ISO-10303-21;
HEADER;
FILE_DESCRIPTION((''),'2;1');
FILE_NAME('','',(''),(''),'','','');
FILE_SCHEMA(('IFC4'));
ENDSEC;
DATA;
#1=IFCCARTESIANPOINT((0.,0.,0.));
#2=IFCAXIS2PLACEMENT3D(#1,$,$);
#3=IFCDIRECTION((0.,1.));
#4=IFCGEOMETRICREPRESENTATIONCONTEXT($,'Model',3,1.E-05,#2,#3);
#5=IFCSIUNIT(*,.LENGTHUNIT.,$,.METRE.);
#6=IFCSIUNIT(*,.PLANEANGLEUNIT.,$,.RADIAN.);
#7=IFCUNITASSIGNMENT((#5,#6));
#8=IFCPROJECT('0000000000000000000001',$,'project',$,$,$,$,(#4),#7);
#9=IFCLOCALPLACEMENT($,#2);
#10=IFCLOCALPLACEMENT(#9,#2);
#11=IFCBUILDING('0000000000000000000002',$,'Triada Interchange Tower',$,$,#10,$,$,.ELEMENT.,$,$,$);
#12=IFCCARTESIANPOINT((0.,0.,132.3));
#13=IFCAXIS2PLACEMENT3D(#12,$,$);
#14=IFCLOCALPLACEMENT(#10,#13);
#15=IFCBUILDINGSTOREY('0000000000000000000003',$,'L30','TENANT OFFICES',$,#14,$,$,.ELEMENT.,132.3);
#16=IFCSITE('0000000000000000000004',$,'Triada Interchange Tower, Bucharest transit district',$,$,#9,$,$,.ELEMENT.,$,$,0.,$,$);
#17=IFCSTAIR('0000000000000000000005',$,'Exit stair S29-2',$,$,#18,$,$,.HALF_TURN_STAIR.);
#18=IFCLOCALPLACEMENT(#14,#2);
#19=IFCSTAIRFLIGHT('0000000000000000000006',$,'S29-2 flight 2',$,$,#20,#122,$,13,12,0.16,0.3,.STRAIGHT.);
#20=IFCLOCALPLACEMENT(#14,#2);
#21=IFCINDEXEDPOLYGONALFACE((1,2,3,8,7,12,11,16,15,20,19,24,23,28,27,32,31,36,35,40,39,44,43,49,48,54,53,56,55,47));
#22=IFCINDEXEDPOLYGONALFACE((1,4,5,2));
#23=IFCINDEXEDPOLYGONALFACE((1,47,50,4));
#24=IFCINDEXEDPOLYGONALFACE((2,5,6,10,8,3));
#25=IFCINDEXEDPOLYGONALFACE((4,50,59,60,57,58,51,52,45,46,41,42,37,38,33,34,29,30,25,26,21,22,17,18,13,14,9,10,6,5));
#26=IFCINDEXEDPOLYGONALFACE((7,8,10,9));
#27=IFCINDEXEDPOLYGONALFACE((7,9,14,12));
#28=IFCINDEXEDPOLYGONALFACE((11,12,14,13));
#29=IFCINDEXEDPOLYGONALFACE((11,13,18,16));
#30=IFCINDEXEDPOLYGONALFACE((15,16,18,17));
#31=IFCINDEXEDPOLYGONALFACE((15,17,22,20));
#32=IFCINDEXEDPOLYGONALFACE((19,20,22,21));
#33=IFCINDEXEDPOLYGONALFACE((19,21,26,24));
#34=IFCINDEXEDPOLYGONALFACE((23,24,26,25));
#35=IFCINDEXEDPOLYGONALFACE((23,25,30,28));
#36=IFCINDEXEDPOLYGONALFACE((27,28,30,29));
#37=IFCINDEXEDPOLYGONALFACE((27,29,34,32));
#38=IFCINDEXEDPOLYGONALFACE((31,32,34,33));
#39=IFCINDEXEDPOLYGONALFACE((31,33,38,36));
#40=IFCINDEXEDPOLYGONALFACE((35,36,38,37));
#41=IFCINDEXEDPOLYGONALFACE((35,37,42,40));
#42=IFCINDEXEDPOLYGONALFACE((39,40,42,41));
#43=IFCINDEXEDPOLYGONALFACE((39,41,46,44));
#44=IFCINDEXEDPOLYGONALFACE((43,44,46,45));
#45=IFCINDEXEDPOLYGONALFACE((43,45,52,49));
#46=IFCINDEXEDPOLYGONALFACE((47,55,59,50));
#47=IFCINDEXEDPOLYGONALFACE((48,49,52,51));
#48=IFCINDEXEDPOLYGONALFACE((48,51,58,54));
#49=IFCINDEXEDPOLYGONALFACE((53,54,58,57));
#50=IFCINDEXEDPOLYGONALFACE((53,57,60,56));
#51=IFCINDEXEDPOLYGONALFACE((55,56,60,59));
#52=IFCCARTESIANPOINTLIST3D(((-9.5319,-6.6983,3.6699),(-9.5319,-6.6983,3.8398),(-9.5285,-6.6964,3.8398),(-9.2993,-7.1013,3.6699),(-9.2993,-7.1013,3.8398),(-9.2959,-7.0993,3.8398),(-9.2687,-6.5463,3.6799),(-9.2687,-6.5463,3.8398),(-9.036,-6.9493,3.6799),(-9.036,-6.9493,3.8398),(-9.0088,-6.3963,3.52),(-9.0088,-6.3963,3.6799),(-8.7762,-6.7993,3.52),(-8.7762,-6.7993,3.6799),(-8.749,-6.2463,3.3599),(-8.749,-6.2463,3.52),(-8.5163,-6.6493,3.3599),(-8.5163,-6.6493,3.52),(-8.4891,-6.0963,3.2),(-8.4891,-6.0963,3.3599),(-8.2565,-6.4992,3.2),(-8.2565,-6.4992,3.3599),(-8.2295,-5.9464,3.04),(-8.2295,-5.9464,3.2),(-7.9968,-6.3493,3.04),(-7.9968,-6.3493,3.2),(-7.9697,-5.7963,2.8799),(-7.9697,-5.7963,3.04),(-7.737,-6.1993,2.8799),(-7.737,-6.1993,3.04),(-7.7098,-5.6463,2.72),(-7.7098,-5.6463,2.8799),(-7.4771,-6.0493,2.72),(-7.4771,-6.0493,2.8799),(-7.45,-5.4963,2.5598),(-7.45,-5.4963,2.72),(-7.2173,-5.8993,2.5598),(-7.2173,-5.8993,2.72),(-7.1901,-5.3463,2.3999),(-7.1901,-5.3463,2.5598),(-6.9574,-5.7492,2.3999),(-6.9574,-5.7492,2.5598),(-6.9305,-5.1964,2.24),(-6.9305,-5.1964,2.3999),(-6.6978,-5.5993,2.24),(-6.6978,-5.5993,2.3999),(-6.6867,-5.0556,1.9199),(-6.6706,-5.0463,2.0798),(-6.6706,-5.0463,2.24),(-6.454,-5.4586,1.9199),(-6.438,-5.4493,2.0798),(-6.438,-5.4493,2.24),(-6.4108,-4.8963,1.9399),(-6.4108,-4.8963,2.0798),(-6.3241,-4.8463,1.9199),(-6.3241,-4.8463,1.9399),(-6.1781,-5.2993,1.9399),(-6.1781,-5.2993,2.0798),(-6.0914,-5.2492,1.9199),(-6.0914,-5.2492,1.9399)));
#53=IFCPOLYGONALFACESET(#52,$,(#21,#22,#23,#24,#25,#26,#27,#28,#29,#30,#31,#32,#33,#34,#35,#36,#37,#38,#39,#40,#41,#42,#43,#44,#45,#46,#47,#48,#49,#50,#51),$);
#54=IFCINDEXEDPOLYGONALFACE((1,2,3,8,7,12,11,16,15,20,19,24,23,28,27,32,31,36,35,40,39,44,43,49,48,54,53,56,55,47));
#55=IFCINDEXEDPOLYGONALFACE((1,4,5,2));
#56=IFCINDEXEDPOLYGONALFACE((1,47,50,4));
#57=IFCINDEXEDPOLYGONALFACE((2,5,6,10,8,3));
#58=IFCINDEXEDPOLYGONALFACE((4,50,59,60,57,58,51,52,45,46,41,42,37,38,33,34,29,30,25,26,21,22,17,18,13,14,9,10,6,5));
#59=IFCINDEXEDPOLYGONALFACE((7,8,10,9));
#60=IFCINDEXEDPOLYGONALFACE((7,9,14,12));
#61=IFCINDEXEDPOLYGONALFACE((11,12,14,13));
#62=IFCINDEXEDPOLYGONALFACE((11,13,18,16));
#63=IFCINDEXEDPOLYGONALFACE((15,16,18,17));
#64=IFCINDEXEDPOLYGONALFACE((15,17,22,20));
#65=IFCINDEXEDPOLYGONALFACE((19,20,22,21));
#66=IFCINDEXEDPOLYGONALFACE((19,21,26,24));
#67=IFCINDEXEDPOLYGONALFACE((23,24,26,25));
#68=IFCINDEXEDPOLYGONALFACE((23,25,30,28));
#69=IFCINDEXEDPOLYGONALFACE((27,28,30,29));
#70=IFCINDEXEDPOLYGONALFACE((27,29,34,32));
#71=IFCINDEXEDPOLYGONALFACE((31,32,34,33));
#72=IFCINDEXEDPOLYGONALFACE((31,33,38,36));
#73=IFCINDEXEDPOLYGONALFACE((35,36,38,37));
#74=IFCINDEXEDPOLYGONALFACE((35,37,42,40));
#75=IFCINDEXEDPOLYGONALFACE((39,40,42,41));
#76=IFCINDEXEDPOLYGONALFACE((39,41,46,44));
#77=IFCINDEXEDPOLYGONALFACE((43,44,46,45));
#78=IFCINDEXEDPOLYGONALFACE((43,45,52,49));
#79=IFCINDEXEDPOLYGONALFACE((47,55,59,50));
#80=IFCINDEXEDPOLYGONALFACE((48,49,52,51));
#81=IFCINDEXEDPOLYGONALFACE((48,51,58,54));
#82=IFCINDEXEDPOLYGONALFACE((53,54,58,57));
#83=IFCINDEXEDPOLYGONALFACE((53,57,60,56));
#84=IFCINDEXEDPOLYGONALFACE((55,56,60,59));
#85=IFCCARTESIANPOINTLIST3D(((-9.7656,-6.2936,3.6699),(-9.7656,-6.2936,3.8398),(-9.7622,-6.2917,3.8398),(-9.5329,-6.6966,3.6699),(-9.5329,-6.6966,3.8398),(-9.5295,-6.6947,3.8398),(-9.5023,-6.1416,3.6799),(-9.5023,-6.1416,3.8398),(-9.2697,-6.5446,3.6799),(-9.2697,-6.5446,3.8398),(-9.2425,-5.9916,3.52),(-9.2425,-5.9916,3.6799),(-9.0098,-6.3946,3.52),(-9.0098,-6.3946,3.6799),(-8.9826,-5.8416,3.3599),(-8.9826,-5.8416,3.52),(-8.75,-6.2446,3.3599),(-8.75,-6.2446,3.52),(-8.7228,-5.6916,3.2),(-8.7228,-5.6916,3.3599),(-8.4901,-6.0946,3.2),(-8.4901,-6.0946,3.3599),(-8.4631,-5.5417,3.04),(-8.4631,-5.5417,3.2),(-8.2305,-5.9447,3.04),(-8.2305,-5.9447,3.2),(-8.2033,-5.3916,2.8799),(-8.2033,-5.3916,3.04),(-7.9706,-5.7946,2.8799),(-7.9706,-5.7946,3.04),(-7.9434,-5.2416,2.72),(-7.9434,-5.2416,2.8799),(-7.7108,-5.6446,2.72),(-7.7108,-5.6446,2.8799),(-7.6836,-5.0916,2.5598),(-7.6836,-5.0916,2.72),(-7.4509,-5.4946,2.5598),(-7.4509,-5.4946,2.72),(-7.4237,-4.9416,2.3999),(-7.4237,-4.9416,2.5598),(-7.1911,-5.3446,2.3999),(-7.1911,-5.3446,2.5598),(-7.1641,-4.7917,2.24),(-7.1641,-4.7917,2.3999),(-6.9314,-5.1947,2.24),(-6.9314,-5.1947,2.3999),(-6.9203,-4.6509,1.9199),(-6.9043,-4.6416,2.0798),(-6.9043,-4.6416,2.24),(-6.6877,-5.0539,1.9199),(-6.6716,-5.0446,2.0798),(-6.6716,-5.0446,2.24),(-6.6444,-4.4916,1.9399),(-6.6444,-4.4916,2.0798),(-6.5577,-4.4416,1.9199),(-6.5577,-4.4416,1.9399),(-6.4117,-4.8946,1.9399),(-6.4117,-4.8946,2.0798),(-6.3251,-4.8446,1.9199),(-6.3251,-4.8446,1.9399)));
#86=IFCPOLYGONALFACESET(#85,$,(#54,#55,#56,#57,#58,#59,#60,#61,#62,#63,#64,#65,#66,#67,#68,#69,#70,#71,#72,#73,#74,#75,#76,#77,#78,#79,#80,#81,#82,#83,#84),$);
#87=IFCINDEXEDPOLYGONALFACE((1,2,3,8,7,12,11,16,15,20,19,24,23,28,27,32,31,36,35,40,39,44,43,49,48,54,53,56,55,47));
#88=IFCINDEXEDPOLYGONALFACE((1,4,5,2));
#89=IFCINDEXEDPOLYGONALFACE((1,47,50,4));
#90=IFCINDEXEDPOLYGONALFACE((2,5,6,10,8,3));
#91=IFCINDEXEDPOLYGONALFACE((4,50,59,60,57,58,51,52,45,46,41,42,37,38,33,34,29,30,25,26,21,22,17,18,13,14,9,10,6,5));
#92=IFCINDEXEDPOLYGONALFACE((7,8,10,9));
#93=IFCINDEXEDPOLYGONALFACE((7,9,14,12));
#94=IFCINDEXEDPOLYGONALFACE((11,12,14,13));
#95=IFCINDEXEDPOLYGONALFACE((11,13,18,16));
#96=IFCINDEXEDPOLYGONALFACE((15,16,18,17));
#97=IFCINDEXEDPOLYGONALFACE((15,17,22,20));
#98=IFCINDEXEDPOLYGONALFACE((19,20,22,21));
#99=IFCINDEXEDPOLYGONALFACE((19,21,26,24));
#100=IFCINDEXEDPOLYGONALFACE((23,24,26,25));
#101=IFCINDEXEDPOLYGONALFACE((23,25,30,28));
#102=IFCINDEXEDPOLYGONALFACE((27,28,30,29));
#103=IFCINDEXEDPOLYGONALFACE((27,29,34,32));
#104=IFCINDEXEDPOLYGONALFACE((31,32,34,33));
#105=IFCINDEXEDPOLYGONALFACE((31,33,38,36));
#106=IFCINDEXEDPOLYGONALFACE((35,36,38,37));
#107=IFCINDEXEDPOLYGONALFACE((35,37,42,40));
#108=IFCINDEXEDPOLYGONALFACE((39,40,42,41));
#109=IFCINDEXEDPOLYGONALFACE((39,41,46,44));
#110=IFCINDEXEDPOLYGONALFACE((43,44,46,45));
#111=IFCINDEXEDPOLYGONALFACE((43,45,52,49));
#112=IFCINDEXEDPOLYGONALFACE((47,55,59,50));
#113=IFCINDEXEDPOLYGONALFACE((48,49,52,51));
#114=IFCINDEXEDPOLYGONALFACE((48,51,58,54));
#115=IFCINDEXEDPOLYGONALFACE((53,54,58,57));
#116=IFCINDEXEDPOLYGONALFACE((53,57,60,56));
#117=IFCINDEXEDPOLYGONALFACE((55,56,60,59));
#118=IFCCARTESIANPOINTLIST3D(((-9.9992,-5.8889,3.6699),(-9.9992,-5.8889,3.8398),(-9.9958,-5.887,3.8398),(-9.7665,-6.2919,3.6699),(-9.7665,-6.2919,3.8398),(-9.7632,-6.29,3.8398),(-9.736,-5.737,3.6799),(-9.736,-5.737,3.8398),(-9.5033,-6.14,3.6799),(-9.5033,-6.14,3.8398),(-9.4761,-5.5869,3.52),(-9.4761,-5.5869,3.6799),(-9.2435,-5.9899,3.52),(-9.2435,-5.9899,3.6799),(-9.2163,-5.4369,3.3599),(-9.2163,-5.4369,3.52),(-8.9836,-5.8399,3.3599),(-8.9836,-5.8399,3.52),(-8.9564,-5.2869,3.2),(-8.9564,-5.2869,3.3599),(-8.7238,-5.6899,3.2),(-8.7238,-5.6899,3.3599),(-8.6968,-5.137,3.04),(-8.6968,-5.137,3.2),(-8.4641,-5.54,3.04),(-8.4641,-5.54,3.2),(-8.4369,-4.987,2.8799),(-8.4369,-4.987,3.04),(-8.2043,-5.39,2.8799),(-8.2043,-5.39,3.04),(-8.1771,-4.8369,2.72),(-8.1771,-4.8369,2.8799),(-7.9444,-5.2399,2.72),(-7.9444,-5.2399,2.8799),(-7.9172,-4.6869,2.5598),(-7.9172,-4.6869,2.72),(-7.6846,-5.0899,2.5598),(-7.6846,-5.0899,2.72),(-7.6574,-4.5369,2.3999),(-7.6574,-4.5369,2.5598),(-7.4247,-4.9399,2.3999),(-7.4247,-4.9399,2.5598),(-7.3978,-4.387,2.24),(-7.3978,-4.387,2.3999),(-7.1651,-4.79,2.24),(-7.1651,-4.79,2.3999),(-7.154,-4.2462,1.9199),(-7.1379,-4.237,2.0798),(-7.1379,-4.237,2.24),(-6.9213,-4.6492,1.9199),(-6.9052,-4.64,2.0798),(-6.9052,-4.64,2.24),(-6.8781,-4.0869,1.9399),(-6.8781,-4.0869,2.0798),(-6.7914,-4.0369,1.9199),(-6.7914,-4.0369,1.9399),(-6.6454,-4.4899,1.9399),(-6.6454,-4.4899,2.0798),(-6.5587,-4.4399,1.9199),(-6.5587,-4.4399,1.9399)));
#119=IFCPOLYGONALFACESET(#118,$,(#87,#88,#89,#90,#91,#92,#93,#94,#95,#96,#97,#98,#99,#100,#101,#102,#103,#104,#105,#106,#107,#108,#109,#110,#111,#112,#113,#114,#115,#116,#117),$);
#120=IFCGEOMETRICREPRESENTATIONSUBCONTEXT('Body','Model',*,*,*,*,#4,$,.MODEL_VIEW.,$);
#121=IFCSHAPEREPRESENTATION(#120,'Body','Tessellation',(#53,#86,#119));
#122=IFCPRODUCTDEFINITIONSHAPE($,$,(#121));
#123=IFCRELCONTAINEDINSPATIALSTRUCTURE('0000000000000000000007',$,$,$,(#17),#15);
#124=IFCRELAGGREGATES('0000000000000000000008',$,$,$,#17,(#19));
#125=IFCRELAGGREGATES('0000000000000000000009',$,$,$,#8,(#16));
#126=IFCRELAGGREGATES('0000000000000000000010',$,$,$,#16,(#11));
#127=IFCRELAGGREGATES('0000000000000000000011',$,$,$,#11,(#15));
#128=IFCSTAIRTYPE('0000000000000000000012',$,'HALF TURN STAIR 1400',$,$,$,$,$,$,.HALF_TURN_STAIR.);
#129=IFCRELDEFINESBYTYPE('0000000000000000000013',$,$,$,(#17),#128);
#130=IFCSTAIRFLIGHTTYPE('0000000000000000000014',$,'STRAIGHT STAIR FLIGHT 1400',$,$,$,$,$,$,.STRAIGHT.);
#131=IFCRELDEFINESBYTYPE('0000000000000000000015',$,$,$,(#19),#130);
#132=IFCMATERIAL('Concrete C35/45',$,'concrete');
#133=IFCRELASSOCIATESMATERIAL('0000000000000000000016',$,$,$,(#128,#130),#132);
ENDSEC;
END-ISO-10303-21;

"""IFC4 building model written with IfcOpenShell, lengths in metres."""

from ifc_helpers import new_model, si_unit, direction, frame, origin, place, context, subcontext, project, spatial, polyline, outline, extrude, material, type_object, element, aggregate, save


model = new_model("IFC4")

# Units and contexts
model_context = context("Model", 3, precision=1e-05, world=origin(), true_north=direction((0.0, 1.0)))
body_context = subcontext(model_context, "Body", "Model", "MODEL_VIEW")
ifc_project = project(units=[si_unit("LENGTHUNIT", "METRE"), si_unit("PLANEANGLEUNIT", "RADIAN")], contexts=[model_context])

# Site, building, storey
site_placement = place(None, origin())
site = spatial("IfcSite", under=ifc_project, at=site_placement, Name="Triada Interchange Tower, Bucharest transit district", CompositionType="ELEMENT", RefElevation=0.0)
building_placement = place(site_placement, origin())
building = spatial("IfcBuilding", under=site, at=building_placement, Name="Triada Interchange Tower", CompositionType="ELEMENT")
storey_placement = place(building_placement, frame((0.0, 0.0, 132.3)))
storey = spatial("IfcBuildingStorey", under=building, at=storey_placement, Name="L30", Description="TENANT OFFICES", CompositionType="ELEMENT", Elevation=132.3)

# Stair, stair flight
ifc_material_1 = material(Name="Concrete C35/45", Category="concrete")
stair_type = type_object("IfcStairType", Name="HALF TURN STAIR 1400", PredefinedType="HALF_TURN_STAIR", material=ifc_material_1)
stair_placement = place(storey_placement, origin())
stair = element("IfcStair", 1, at=stair_placement, inside=storey, type_object=stair_type, Name="Exit stair S29-2", PredefinedType="HALF_TURN_STAIR")
stair_flight_type = type_object("IfcStairFlightType", Name="STRAIGHT STAIR FLIGHT 1400", PredefinedType="STRAIGHT", material=ifc_material_1)
stair_flight_1_placement = place(storey_placement, frame((-6.5281, -4.6931, 1.9199), z_axis=(0.0, 0.0, 1.0), x_axis=(-0.866025, -0.5, 0.0)))
stair_flight_1 = element("IfcStairFlight", 2, at=stair_flight_1_placement, type_object=stair_flight_type, Name="S29-2 flight 2", NumberOfRisers=13, NumberOfTreads=12, PredefinedType="STRAIGHT", RiserHeight=0.16, TreadLength=0.3, context=body_context, shape_type="SweptSolid", body=[
    extrude(outline(polyline([(-0.1001, 0.0), (-0.1001, 0.02), (0.0, 0.02), (0.0, 0.1599), (0.3, 0.1599), (0.3, 0.3201), (0.6001, 0.3201), (0.6001, 0.48), (0.8999, 0.48), (0.8999, 0.6399), (1.2, 0.6399), (1.2, 0.8), (1.5, 0.8), (1.5, 0.96), (1.8, 0.96), (1.8, 1.1201), (2.1001, 1.1201), (2.1001, 1.28), (2.3999, 1.28), (2.3999, 1.4399), (2.7, 1.4399), (2.7, 1.6001), (3.0, 1.6001), (3.0, 1.76), (3.3, 1.76), (3.3, 1.9199), (3.6001, 1.9199), (3.604, 1.9199), (3.604, 2.0801), (3.604, 1.75), (0.3186, 0.0), (-0.1001, 0.0)])), frame((0.0, 0.7, 0.0), z_axis=(0.0, -1.0, 0.0), x_axis=(1.0, 0.0, 0.0)), (0.0, 0.0, 1.0), 0.4653),
    extrude(outline(polyline([(-0.1001, 0.0), (-0.1001, 0.02), (0.0, 0.02), (0.0, 0.1599), (0.3, 0.1599), (0.3, 0.3201), (0.6001, 0.3201), (0.6001, 0.48), (0.8999, 0.48), (0.8999, 0.6399), (1.2, 0.6399), (1.2, 0.8), (1.5, 0.8), (1.5, 0.96), (1.8, 0.96), (1.8, 1.1201), (2.1001, 1.1201), (2.1001, 1.28), (2.3999, 1.28), (2.3999, 1.4399), (2.7, 1.4399), (2.7, 1.6001), (3.0, 1.6001), (3.0, 1.76), (3.3, 1.76), (3.3, 1.9199), (3.6001, 1.9199), (3.604, 1.9199), (3.604, 2.0801), (3.604, 1.75), (0.3186, 0.0), (-0.1001, 0.0)])), frame((0.0, 0.2327, 0.0), z_axis=(0.0, -1.0, 0.0), x_axis=(1.0, 0.0, 0.0)), (0.0, 0.0, 1.0), 0.4653),
    extrude(outline(polyline([(-0.1001, 0.0), (-0.1001, 0.02), (0.0, 0.02), (0.0, 0.1599), (0.3, 0.1599), (0.3, 0.3201), (0.6001, 0.3201), (0.6001, 0.48), (0.8999, 0.48), (0.8999, 0.6399), (1.2, 0.6399), (1.2, 0.8), (1.5, 0.8), (1.5, 0.96), (1.8, 0.96), (1.8, 1.1201), (2.1001, 1.1201), (2.1001, 1.28), (2.3999, 1.28), (2.3999, 1.4399), (2.7, 1.4399), (2.7, 1.6001), (3.0, 1.6001), (3.0, 1.76), (3.3, 1.76), (3.3, 1.9199), (3.6001, 1.9199), (3.604, 1.9199), (3.604, 2.0801), (3.604, 1.75), (0.3186, 0.0), (-0.1001, 0.0)])), frame((0.0, -0.2346, 0.0), z_axis=(0.0, -1.0, 0.0), x_axis=(1.0, 0.0, 0.0)), (0.0, 0.0, 1.0), 0.4653),
])
aggregate(stair, [stair_flight_1])

save(model, "model.ifc")
